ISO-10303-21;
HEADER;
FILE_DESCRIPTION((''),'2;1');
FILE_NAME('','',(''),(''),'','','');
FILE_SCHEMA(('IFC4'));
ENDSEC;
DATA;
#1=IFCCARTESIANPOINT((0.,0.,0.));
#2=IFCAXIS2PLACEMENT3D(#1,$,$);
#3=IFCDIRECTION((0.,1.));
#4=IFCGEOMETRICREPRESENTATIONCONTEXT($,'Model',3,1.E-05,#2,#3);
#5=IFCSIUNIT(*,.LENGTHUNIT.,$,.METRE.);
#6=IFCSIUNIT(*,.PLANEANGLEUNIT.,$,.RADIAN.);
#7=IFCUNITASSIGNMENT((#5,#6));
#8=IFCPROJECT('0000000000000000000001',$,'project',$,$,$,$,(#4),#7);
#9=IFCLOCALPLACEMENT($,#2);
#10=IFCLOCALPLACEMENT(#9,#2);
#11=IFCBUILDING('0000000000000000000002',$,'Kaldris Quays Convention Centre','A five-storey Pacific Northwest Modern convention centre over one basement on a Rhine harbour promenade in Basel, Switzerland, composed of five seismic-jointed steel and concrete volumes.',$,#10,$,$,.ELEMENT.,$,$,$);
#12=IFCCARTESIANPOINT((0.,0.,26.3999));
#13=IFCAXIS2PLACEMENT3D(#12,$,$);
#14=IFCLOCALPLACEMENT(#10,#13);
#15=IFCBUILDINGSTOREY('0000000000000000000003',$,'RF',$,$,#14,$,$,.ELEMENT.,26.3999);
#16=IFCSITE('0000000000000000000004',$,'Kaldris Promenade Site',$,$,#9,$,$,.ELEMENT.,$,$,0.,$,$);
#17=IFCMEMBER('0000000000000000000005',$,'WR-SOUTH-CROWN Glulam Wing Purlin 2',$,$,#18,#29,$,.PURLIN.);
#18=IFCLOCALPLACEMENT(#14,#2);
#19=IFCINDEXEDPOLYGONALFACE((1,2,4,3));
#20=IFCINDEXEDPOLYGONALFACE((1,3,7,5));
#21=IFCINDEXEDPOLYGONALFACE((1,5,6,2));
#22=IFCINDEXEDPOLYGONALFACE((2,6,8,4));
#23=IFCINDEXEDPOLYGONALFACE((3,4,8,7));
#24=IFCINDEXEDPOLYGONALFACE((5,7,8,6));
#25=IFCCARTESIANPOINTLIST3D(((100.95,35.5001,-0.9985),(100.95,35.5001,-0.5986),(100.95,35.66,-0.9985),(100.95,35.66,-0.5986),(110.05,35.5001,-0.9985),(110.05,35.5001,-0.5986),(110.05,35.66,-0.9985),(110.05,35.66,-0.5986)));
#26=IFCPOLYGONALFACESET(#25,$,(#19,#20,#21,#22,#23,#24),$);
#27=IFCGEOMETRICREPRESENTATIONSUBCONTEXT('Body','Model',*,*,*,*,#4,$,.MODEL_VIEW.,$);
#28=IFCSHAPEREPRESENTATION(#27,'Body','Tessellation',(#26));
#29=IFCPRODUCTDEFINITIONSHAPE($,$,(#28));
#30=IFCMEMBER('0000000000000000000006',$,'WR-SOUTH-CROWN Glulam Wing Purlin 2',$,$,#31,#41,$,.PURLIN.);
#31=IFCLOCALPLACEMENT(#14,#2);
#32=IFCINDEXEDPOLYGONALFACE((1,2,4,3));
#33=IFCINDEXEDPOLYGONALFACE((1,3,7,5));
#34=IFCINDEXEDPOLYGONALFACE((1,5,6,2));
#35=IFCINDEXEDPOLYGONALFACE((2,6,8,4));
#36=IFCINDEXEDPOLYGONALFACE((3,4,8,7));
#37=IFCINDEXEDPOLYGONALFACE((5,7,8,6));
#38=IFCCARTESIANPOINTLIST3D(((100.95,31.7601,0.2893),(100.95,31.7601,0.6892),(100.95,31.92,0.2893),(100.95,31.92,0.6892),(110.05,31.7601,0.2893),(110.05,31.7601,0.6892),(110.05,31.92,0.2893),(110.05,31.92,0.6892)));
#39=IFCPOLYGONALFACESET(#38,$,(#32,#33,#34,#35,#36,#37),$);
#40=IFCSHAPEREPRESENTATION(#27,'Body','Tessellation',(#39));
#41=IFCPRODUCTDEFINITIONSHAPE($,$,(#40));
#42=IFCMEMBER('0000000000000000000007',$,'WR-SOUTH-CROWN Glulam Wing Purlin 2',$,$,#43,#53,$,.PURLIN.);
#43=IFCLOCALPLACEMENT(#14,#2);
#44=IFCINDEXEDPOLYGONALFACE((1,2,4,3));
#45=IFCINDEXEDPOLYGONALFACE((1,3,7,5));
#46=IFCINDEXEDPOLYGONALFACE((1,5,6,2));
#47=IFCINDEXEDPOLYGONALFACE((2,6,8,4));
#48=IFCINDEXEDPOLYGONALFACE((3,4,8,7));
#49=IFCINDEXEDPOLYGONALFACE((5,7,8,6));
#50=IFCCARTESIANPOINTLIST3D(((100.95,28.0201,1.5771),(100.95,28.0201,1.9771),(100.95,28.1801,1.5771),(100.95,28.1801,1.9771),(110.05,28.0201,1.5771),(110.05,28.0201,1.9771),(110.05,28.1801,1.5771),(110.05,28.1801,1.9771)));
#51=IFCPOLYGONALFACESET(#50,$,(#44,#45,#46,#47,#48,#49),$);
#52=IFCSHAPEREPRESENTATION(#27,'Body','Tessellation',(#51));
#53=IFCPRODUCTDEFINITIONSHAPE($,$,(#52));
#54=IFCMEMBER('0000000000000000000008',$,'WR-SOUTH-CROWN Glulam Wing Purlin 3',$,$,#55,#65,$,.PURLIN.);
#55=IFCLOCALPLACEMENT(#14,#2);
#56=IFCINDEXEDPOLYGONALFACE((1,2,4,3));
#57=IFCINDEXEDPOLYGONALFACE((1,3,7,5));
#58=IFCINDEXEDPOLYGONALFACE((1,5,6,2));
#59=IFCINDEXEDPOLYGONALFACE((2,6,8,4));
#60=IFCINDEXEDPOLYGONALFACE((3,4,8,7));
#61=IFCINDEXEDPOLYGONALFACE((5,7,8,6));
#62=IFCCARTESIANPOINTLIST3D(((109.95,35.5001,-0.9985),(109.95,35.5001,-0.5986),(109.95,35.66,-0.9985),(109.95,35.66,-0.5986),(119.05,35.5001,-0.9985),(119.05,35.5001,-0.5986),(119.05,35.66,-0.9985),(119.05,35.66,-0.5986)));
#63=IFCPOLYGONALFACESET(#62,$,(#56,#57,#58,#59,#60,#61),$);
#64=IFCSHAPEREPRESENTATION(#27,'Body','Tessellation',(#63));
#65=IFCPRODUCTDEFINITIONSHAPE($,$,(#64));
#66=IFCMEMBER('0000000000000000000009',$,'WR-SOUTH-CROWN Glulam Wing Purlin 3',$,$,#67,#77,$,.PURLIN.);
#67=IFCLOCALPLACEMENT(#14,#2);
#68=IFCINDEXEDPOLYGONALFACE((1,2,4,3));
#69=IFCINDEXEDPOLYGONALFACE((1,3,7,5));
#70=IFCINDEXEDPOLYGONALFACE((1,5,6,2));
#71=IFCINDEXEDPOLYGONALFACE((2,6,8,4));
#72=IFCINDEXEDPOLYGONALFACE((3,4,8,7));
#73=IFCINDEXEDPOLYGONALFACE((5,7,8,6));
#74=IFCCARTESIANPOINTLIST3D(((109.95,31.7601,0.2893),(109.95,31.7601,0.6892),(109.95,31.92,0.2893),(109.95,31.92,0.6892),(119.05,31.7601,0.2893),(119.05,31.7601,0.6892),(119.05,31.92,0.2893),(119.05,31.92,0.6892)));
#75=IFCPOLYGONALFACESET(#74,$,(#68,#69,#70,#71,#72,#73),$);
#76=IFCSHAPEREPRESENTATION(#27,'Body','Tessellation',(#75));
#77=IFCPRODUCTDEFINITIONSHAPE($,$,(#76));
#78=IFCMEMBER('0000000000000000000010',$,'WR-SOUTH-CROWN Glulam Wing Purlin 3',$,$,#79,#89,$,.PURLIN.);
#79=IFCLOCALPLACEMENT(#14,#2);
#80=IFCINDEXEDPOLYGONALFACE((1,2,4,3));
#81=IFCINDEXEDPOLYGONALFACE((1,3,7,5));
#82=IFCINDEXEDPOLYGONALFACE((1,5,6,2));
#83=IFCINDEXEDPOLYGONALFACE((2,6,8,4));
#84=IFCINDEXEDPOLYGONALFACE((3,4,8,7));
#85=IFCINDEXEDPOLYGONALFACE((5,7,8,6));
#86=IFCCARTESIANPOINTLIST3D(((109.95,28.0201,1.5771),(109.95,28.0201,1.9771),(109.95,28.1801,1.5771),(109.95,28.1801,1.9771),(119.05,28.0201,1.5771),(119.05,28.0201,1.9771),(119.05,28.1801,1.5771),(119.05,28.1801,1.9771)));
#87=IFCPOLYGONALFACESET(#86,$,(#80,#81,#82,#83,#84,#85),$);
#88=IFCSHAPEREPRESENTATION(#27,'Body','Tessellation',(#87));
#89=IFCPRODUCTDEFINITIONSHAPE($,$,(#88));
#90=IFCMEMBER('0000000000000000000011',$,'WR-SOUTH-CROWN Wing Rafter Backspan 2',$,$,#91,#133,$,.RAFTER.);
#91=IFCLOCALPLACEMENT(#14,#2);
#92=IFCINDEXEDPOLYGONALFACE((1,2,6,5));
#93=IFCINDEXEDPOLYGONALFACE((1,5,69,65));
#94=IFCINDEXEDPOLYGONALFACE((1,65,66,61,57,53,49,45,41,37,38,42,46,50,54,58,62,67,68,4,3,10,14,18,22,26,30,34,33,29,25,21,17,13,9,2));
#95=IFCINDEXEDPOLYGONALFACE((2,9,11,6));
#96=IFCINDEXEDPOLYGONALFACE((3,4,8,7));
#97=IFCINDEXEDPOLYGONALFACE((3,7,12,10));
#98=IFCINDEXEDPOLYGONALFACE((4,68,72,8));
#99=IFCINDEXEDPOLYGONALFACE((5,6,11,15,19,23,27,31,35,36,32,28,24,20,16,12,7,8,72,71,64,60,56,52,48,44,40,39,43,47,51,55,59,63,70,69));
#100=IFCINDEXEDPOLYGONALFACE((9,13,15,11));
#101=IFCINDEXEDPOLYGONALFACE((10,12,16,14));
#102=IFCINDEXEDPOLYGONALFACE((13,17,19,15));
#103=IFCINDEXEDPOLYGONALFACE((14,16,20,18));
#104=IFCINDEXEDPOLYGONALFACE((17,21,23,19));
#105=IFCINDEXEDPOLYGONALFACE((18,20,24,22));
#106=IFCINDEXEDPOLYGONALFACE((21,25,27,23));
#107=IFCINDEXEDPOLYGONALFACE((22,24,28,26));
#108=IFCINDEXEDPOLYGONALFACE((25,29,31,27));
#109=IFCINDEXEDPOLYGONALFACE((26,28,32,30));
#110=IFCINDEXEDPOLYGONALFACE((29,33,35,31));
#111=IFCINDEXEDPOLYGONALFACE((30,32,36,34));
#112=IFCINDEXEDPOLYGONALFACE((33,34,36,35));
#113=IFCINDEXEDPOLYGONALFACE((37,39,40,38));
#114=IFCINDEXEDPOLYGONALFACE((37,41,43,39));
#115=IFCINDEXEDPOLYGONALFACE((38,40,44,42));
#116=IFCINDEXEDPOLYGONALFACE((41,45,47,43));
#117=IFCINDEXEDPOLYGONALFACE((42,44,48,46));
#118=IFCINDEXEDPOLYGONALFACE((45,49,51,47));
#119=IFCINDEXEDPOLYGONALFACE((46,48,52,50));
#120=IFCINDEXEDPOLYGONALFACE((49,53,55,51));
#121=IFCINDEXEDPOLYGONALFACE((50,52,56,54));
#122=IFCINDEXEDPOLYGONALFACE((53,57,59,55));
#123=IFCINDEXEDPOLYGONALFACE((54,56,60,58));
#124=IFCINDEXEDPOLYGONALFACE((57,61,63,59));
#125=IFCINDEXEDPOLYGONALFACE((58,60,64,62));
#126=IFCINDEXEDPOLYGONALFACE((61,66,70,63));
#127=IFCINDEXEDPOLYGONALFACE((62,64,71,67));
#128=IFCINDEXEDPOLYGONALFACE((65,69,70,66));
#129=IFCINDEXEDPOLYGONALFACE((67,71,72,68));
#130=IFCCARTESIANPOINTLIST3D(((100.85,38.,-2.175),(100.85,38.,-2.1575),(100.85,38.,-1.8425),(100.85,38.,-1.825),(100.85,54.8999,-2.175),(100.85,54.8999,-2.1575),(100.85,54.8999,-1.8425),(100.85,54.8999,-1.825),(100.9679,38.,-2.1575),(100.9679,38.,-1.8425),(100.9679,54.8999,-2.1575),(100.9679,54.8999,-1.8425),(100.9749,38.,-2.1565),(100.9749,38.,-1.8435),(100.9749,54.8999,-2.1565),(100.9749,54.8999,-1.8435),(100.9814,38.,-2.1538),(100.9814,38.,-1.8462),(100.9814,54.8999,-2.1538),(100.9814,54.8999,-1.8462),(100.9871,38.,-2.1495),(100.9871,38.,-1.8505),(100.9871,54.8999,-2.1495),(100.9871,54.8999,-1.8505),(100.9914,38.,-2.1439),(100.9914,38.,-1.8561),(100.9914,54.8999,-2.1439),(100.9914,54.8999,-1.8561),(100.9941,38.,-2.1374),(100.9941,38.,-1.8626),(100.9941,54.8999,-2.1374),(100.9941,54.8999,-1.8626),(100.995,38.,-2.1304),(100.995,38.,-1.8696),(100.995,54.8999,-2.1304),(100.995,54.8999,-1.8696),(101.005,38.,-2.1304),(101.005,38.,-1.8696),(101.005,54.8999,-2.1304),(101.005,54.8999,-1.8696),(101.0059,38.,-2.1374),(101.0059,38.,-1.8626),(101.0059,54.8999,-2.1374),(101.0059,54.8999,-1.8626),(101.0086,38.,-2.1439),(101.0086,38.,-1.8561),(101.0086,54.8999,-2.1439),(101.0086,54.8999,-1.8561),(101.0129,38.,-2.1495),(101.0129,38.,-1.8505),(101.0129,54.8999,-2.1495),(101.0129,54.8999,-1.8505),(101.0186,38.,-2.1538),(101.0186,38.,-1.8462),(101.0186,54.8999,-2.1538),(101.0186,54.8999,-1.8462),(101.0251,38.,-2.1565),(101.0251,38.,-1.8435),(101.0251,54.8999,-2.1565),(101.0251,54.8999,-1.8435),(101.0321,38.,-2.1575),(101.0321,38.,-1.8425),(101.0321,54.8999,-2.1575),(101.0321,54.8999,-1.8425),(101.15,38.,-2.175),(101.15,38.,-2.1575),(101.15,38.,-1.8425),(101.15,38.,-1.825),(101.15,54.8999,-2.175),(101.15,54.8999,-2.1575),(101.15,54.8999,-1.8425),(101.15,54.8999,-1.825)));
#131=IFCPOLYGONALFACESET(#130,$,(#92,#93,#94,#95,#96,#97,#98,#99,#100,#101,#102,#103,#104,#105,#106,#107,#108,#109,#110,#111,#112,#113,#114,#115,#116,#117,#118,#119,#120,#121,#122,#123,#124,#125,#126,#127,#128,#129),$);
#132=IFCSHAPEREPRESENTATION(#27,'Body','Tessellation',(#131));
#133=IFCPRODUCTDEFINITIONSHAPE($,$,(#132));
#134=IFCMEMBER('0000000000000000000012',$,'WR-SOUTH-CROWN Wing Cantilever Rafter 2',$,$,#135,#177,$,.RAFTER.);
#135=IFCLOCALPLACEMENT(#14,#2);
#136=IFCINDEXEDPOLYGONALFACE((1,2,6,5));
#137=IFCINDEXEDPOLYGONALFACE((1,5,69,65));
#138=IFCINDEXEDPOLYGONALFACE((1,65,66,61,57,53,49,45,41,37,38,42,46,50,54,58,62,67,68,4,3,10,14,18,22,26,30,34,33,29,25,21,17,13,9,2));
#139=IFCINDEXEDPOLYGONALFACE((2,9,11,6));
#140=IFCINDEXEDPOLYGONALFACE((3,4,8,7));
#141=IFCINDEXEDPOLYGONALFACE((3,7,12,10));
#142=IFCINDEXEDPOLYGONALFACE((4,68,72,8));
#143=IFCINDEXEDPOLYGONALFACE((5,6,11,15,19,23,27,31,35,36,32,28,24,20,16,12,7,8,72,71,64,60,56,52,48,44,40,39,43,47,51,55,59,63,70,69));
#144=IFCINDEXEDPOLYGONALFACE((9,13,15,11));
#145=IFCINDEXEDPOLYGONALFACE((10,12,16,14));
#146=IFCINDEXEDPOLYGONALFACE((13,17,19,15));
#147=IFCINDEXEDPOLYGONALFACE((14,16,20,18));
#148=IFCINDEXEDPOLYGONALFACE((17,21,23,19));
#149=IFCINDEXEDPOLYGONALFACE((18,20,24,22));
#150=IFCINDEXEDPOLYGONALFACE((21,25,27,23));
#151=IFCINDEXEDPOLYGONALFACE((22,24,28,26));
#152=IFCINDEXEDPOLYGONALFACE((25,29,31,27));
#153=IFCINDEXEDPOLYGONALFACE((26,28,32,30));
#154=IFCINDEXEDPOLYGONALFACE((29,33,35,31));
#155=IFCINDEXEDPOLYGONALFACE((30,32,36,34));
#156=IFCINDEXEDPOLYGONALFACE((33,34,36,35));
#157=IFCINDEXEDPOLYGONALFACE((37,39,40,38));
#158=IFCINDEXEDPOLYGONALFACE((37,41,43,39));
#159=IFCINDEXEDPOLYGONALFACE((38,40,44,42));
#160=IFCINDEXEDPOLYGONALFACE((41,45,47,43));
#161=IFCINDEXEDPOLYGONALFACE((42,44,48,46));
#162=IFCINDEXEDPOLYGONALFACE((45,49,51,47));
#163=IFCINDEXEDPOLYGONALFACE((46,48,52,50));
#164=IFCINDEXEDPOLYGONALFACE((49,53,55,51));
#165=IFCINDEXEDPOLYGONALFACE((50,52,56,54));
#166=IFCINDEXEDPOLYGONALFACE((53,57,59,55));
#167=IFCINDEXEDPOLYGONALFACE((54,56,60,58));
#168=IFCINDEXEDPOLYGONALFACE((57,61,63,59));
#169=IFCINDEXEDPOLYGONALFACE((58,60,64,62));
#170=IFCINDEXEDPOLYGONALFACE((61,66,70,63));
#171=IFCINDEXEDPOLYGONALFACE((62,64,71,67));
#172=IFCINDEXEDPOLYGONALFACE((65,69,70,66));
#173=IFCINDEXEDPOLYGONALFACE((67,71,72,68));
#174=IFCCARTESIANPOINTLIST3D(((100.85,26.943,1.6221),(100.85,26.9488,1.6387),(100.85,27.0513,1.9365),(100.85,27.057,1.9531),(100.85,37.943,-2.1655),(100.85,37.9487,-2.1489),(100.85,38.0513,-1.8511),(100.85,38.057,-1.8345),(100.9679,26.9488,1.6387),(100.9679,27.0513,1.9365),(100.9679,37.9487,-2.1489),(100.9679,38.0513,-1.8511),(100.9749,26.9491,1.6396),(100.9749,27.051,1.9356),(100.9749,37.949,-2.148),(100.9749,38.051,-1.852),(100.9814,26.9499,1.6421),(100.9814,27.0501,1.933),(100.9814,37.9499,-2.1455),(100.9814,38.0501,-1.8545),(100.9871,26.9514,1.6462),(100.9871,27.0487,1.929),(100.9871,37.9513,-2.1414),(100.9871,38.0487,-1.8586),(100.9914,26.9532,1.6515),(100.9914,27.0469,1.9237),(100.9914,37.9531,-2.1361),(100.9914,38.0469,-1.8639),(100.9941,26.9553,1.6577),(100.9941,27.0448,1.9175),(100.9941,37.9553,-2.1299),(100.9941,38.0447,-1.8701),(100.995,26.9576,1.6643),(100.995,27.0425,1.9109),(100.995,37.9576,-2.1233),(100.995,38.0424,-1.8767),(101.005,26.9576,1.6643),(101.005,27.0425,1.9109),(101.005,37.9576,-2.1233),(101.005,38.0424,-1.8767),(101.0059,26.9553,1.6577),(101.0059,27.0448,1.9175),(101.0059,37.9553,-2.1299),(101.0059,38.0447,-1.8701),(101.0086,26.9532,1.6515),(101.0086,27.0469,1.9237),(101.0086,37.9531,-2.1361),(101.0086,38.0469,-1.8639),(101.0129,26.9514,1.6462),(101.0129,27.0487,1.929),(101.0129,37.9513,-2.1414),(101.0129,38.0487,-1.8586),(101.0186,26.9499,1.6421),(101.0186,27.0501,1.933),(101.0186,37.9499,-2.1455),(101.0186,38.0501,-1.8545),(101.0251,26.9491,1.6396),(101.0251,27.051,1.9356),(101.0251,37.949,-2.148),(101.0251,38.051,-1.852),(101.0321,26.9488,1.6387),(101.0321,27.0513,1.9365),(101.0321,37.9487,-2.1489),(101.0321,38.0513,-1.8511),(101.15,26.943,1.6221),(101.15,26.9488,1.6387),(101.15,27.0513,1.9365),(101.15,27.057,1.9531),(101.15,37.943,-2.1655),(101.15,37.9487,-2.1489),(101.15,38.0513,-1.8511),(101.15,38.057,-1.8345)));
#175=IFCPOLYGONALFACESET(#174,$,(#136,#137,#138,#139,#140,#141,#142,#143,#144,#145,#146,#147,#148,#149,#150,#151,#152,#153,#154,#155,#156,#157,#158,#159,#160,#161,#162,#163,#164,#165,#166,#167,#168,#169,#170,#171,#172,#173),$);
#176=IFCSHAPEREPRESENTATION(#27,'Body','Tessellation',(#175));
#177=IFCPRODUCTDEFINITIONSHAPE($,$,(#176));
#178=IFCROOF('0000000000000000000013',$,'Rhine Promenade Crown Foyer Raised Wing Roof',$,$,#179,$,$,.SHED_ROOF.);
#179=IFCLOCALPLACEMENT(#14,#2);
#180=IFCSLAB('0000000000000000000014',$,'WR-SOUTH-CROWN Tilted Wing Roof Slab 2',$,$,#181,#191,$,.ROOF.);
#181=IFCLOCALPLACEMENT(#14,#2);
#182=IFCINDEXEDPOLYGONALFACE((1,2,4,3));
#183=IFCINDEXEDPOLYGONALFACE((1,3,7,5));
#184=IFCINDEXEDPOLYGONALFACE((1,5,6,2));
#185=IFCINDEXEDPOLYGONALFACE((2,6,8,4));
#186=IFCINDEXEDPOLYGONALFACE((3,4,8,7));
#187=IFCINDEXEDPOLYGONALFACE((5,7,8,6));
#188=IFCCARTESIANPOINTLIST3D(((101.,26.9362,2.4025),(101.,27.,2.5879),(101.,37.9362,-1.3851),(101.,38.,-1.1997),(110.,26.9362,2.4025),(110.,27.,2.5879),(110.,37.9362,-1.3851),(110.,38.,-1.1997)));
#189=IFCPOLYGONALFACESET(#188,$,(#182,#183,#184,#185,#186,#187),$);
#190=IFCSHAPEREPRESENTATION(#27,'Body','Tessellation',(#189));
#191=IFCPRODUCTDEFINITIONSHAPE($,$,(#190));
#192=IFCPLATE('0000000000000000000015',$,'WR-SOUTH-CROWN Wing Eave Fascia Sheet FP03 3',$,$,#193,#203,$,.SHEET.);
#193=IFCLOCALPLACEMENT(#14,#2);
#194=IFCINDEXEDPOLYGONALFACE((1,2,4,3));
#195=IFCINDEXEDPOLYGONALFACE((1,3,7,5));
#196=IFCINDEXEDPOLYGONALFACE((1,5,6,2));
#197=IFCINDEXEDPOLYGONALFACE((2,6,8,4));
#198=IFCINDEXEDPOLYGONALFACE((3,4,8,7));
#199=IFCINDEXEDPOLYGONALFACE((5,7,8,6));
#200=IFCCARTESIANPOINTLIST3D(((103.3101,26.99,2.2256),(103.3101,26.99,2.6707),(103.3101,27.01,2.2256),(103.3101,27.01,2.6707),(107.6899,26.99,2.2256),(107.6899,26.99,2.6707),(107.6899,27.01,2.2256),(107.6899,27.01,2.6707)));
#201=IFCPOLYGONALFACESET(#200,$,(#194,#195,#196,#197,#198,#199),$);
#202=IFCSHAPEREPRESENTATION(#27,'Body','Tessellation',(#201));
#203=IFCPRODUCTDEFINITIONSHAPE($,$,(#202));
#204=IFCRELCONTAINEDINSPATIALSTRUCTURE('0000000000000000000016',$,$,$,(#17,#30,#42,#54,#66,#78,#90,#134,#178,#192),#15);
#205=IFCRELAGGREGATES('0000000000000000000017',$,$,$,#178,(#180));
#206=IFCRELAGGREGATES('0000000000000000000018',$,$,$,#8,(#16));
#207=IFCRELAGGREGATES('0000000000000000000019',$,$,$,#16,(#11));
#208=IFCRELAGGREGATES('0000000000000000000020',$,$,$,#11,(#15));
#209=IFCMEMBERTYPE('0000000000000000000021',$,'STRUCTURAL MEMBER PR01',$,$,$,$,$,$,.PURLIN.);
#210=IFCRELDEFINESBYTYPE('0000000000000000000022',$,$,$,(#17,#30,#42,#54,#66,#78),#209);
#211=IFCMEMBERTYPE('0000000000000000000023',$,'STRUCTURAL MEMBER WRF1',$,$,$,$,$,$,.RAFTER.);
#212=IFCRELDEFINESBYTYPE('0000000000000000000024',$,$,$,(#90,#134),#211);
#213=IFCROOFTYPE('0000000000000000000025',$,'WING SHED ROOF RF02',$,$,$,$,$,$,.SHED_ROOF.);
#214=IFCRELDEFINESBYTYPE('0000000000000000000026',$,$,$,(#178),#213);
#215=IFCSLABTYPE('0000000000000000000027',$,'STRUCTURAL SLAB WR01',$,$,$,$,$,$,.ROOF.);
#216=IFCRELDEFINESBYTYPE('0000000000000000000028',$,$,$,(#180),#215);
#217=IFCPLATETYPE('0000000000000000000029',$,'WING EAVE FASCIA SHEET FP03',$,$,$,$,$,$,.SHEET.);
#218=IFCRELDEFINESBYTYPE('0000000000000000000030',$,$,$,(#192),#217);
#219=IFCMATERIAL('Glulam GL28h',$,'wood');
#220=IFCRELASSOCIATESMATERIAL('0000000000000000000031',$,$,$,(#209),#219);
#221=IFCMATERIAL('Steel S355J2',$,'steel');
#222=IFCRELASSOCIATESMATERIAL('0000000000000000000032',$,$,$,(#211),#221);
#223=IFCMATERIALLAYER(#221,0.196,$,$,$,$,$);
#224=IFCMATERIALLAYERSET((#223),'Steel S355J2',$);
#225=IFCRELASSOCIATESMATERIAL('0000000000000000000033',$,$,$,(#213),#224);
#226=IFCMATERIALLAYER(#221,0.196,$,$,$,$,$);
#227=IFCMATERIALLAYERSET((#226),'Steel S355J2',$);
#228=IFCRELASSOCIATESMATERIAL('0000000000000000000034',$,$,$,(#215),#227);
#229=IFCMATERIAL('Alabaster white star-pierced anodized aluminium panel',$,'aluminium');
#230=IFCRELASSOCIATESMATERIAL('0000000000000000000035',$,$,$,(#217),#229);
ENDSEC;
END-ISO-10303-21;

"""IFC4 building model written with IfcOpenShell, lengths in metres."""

from ifc_helpers import new_model, si_unit, direction, frame, origin, origin_2d, place, context, subcontext, project, spatial, polyline, rectangle, i_section, outline, extrude, material, layer, layer_set, material_profile, profile_set, type_object, element, aggregate, save


model = new_model("IFC4")

# Units and contexts
model_context = context("Model", 3, precision=1e-05, world=origin(), true_north=direction((0.0, 1.0)))
body_context = subcontext(model_context, "Body", "Model", "MODEL_VIEW")
ifc_project = project(units=[si_unit("LENGTHUNIT", "METRE"), si_unit("PLANEANGLEUNIT", "RADIAN")], contexts=[model_context])

# Site, building, storey
site_placement = place(None, origin())
site = spatial("IfcSite", under=ifc_project, at=site_placement, Name="Kaldris Promenade Site", CompositionType="ELEMENT", RefElevation=0.0)
building_placement = place(site_placement, origin())
building = spatial("IfcBuilding", under=site, at=building_placement, Name="Kaldris Quays Convention Centre", Description="A five-storey Pacific Northwest Modern convention centre over one basement on a Rhine harbour promenade in Basel, Switzerland, composed of five seismic-jointed steel and concrete volumes.", CompositionType="ELEMENT")
storey_placement = place(building_placement, frame((0.0, 0.0, 26.3999)))
storey = spatial("IfcBuildingStorey", under=building, at=storey_placement, Name="RF", CompositionType="ELEMENT", Elevation=26.3999)

# Members
ifc_material_1 = material(Name="Glulam GL28h", Category="wood")
ifc_material_profile_1 = material_profile(ifc_material_1, rectangle(XDim=0.1599, YDim=0.3999, at=origin_2d()), Name="GL 160x400")
ifc_profile_set_1 = profile_set([ifc_material_profile_1], Name="Glulam GL28h")
member_type_1 = type_object("IfcMemberType", Name="STRUCTURAL MEMBER PR01", PredefinedType="PURLIN", material=ifc_profile_set_1)
for number, where, z_axis, x_axis, name in (
    (1, (100.95, 35.5801, -0.7986), (1.0, 0.0, 0.0), (0.0, 1.0, 0.0), "WR-SOUTH-CROWN Glulam Wing Purlin 2"),
    (2, (100.95, 31.8401, 0.4893), (1.0, 0.0, 0.0), (0.0, 1.0, 0.0), "WR-SOUTH-CROWN Glulam Wing Purlin 2"),
    (3, (100.95, 28.1001, 1.7771), (1.0, 0.0, 0.0), (0.0, 1.0, 0.0), "WR-SOUTH-CROWN Glulam Wing Purlin 2"),
    (4, (109.95, 35.5801, -0.7986), (1.0, 0.0, 0.0), (0.0, 1.0, 0.0), "WR-SOUTH-CROWN Glulam Wing Purlin 3"),
    (5, (109.95, 31.8401, 0.4893), (1.0, 0.0, 0.0), (0.0, 1.0, 0.0), "WR-SOUTH-CROWN Glulam Wing Purlin 3"),
    (6, (109.95, 28.1001, 1.7771), (1.0, 0.0, 0.0), (0.0, 1.0, 0.0), "WR-SOUTH-CROWN Glulam Wing Purlin 3"),
):
    element("IfcMember", number, at=place(storey_placement, frame(where, z_axis=z_axis, x_axis=x_axis)), inside=storey, type_object=member_type_1, Name=name, PredefinedType="PURLIN", context=body_context, shape_type="SweptSolid", body=[
        extrude(rectangle(XDim=0.1599, YDim=0.3999, at=origin_2d()), origin(), (0.0, 0.0, 1.0), 9.1001),
    ])
ifc_material_2 = material(Name="Steel S355J2", Category="steel")
ifc_material_profile_2 = material_profile(ifc_material_2, i_section(OverallWidth=0.3, OverallDepth=0.3501, WebThickness=0.01, FlangeThickness=0.0176, FilletRadius=0.0271, at=origin_2d()), Name="HEA 360")
ifc_profile_set_2 = profile_set([ifc_material_profile_2], Name="Steel S355J2")
member_type_2 = type_object("IfcMemberType", Name="STRUCTURAL MEMBER WRF1", PredefinedType="RAFTER", material=ifc_profile_set_2)
member_1_placement = place(storey_placement, frame((101.0, 54.8999, -2.0), z_axis=(0.0, -1.0, 0.0), x_axis=(1.0, 0.0, 0.0)))
element("IfcMember", 7, at=member_1_placement, inside=storey, type_object=member_type_2, Name="WR-SOUTH-CROWN Wing Rafter Backspan 2", PredefinedType="RAFTER", context=body_context, shape_type="SweptSolid", body=[
    extrude(i_section(OverallWidth=0.3, OverallDepth=0.3501, WebThickness=0.01, FlangeThickness=0.0176, FilletRadius=0.0271, at=origin_2d()), origin(), (0.0, 0.0, 1.0), 16.8999),
])
member_2_placement = place(storey_placement, frame((101.0, 38.0, -2.0), z_axis=(0.0, -0.945519, 0.325568), x_axis=(1.0, 0.0, 0.0)))
element("IfcMember", 8, at=member_2_placement, inside=storey, type_object=member_type_2, Name="WR-SOUTH-CROWN Wing Cantilever Rafter 2", PredefinedType="RAFTER", context=body_context, shape_type="SweptSolid", body=[
    extrude(i_section(OverallWidth=0.3, OverallDepth=0.3501, WebThickness=0.01, FlangeThickness=0.0176, FilletRadius=0.0271, at=origin_2d()), origin(), (0.0, 0.0, 1.0), 11.6338),
])

# Roof, slab
ifc_layer_1 = layer(ifc_material_2, 0.196)
ifc_layer_set_1 = layer_set([ifc_layer_1], Name="Steel S355J2")
roof_type = type_object("IfcRoofType", Name="WING SHED ROOF RF02", PredefinedType="SHED_ROOF", material=ifc_layer_set_1)
roof_placement = place(storey_placement, origin())
roof = element("IfcRoof", 9, at=roof_placement, inside=storey, type_object=roof_type, Name="Rhine Promenade Crown Foyer Raised Wing Roof", PredefinedType="SHED_ROOF")
ifc_layer_2 = layer(ifc_material_2, 0.196)
ifc_layer_set_2 = layer_set([ifc_layer_2], Name="Steel S355J2")
slab_type = type_object("IfcSlabType", Name="STRUCTURAL SLAB WR01", PredefinedType="ROOF", material=ifc_layer_set_2)
slab_placement = place(storey_placement, frame((101.0, 27.0, 2.5879), z_axis=(0.0, 0.325568, 0.945519), x_axis=(1.0, 0.0, 0.0)))
slab = element("IfcSlab", 10, at=slab_placement, type_object=slab_type, Name="WR-SOUTH-CROWN Tilted Wing Roof Slab 2", PredefinedType="ROOF", context=body_context, shape_type="SweptSolid", body=[
    extrude(outline(polyline([(0.0, 0.0), (9.0, 0.0), (9.0, 11.6338), (0.0, 11.6338), (0.0, 0.0)])), origin(), (0.0, 0.0, -1.0), 0.196),
])
aggregate(roof, [slab])

# Plate
ifc_material_3 = material(Name="Alabaster white star-pierced anodized aluminium panel", Category="aluminium")
plate_type = type_object("IfcPlateType", Name="WING EAVE FASCIA SHEET FP03", PredefinedType="SHEET", material=ifc_material_3)
plate_placement = place(storey_placement, frame((105.5, 27.0, 2.2256), z_axis=(0.0, 0.0, 1.0), x_axis=(1.0, 0.0, 0.0)))
element("IfcPlate", 11, at=plate_placement, inside=storey, type_object=plate_type, Name="WR-SOUTH-CROWN Wing Eave Fascia Sheet FP03 3", PredefinedType="SHEET", context=body_context, shape_type="SweptSolid", body=[
    extrude(rectangle(XDim=4.3799, YDim=0.02, at=origin_2d()), origin(), (0.0, 0.0, 1.0), 0.4451),
])

save(model, "model.ifc")
